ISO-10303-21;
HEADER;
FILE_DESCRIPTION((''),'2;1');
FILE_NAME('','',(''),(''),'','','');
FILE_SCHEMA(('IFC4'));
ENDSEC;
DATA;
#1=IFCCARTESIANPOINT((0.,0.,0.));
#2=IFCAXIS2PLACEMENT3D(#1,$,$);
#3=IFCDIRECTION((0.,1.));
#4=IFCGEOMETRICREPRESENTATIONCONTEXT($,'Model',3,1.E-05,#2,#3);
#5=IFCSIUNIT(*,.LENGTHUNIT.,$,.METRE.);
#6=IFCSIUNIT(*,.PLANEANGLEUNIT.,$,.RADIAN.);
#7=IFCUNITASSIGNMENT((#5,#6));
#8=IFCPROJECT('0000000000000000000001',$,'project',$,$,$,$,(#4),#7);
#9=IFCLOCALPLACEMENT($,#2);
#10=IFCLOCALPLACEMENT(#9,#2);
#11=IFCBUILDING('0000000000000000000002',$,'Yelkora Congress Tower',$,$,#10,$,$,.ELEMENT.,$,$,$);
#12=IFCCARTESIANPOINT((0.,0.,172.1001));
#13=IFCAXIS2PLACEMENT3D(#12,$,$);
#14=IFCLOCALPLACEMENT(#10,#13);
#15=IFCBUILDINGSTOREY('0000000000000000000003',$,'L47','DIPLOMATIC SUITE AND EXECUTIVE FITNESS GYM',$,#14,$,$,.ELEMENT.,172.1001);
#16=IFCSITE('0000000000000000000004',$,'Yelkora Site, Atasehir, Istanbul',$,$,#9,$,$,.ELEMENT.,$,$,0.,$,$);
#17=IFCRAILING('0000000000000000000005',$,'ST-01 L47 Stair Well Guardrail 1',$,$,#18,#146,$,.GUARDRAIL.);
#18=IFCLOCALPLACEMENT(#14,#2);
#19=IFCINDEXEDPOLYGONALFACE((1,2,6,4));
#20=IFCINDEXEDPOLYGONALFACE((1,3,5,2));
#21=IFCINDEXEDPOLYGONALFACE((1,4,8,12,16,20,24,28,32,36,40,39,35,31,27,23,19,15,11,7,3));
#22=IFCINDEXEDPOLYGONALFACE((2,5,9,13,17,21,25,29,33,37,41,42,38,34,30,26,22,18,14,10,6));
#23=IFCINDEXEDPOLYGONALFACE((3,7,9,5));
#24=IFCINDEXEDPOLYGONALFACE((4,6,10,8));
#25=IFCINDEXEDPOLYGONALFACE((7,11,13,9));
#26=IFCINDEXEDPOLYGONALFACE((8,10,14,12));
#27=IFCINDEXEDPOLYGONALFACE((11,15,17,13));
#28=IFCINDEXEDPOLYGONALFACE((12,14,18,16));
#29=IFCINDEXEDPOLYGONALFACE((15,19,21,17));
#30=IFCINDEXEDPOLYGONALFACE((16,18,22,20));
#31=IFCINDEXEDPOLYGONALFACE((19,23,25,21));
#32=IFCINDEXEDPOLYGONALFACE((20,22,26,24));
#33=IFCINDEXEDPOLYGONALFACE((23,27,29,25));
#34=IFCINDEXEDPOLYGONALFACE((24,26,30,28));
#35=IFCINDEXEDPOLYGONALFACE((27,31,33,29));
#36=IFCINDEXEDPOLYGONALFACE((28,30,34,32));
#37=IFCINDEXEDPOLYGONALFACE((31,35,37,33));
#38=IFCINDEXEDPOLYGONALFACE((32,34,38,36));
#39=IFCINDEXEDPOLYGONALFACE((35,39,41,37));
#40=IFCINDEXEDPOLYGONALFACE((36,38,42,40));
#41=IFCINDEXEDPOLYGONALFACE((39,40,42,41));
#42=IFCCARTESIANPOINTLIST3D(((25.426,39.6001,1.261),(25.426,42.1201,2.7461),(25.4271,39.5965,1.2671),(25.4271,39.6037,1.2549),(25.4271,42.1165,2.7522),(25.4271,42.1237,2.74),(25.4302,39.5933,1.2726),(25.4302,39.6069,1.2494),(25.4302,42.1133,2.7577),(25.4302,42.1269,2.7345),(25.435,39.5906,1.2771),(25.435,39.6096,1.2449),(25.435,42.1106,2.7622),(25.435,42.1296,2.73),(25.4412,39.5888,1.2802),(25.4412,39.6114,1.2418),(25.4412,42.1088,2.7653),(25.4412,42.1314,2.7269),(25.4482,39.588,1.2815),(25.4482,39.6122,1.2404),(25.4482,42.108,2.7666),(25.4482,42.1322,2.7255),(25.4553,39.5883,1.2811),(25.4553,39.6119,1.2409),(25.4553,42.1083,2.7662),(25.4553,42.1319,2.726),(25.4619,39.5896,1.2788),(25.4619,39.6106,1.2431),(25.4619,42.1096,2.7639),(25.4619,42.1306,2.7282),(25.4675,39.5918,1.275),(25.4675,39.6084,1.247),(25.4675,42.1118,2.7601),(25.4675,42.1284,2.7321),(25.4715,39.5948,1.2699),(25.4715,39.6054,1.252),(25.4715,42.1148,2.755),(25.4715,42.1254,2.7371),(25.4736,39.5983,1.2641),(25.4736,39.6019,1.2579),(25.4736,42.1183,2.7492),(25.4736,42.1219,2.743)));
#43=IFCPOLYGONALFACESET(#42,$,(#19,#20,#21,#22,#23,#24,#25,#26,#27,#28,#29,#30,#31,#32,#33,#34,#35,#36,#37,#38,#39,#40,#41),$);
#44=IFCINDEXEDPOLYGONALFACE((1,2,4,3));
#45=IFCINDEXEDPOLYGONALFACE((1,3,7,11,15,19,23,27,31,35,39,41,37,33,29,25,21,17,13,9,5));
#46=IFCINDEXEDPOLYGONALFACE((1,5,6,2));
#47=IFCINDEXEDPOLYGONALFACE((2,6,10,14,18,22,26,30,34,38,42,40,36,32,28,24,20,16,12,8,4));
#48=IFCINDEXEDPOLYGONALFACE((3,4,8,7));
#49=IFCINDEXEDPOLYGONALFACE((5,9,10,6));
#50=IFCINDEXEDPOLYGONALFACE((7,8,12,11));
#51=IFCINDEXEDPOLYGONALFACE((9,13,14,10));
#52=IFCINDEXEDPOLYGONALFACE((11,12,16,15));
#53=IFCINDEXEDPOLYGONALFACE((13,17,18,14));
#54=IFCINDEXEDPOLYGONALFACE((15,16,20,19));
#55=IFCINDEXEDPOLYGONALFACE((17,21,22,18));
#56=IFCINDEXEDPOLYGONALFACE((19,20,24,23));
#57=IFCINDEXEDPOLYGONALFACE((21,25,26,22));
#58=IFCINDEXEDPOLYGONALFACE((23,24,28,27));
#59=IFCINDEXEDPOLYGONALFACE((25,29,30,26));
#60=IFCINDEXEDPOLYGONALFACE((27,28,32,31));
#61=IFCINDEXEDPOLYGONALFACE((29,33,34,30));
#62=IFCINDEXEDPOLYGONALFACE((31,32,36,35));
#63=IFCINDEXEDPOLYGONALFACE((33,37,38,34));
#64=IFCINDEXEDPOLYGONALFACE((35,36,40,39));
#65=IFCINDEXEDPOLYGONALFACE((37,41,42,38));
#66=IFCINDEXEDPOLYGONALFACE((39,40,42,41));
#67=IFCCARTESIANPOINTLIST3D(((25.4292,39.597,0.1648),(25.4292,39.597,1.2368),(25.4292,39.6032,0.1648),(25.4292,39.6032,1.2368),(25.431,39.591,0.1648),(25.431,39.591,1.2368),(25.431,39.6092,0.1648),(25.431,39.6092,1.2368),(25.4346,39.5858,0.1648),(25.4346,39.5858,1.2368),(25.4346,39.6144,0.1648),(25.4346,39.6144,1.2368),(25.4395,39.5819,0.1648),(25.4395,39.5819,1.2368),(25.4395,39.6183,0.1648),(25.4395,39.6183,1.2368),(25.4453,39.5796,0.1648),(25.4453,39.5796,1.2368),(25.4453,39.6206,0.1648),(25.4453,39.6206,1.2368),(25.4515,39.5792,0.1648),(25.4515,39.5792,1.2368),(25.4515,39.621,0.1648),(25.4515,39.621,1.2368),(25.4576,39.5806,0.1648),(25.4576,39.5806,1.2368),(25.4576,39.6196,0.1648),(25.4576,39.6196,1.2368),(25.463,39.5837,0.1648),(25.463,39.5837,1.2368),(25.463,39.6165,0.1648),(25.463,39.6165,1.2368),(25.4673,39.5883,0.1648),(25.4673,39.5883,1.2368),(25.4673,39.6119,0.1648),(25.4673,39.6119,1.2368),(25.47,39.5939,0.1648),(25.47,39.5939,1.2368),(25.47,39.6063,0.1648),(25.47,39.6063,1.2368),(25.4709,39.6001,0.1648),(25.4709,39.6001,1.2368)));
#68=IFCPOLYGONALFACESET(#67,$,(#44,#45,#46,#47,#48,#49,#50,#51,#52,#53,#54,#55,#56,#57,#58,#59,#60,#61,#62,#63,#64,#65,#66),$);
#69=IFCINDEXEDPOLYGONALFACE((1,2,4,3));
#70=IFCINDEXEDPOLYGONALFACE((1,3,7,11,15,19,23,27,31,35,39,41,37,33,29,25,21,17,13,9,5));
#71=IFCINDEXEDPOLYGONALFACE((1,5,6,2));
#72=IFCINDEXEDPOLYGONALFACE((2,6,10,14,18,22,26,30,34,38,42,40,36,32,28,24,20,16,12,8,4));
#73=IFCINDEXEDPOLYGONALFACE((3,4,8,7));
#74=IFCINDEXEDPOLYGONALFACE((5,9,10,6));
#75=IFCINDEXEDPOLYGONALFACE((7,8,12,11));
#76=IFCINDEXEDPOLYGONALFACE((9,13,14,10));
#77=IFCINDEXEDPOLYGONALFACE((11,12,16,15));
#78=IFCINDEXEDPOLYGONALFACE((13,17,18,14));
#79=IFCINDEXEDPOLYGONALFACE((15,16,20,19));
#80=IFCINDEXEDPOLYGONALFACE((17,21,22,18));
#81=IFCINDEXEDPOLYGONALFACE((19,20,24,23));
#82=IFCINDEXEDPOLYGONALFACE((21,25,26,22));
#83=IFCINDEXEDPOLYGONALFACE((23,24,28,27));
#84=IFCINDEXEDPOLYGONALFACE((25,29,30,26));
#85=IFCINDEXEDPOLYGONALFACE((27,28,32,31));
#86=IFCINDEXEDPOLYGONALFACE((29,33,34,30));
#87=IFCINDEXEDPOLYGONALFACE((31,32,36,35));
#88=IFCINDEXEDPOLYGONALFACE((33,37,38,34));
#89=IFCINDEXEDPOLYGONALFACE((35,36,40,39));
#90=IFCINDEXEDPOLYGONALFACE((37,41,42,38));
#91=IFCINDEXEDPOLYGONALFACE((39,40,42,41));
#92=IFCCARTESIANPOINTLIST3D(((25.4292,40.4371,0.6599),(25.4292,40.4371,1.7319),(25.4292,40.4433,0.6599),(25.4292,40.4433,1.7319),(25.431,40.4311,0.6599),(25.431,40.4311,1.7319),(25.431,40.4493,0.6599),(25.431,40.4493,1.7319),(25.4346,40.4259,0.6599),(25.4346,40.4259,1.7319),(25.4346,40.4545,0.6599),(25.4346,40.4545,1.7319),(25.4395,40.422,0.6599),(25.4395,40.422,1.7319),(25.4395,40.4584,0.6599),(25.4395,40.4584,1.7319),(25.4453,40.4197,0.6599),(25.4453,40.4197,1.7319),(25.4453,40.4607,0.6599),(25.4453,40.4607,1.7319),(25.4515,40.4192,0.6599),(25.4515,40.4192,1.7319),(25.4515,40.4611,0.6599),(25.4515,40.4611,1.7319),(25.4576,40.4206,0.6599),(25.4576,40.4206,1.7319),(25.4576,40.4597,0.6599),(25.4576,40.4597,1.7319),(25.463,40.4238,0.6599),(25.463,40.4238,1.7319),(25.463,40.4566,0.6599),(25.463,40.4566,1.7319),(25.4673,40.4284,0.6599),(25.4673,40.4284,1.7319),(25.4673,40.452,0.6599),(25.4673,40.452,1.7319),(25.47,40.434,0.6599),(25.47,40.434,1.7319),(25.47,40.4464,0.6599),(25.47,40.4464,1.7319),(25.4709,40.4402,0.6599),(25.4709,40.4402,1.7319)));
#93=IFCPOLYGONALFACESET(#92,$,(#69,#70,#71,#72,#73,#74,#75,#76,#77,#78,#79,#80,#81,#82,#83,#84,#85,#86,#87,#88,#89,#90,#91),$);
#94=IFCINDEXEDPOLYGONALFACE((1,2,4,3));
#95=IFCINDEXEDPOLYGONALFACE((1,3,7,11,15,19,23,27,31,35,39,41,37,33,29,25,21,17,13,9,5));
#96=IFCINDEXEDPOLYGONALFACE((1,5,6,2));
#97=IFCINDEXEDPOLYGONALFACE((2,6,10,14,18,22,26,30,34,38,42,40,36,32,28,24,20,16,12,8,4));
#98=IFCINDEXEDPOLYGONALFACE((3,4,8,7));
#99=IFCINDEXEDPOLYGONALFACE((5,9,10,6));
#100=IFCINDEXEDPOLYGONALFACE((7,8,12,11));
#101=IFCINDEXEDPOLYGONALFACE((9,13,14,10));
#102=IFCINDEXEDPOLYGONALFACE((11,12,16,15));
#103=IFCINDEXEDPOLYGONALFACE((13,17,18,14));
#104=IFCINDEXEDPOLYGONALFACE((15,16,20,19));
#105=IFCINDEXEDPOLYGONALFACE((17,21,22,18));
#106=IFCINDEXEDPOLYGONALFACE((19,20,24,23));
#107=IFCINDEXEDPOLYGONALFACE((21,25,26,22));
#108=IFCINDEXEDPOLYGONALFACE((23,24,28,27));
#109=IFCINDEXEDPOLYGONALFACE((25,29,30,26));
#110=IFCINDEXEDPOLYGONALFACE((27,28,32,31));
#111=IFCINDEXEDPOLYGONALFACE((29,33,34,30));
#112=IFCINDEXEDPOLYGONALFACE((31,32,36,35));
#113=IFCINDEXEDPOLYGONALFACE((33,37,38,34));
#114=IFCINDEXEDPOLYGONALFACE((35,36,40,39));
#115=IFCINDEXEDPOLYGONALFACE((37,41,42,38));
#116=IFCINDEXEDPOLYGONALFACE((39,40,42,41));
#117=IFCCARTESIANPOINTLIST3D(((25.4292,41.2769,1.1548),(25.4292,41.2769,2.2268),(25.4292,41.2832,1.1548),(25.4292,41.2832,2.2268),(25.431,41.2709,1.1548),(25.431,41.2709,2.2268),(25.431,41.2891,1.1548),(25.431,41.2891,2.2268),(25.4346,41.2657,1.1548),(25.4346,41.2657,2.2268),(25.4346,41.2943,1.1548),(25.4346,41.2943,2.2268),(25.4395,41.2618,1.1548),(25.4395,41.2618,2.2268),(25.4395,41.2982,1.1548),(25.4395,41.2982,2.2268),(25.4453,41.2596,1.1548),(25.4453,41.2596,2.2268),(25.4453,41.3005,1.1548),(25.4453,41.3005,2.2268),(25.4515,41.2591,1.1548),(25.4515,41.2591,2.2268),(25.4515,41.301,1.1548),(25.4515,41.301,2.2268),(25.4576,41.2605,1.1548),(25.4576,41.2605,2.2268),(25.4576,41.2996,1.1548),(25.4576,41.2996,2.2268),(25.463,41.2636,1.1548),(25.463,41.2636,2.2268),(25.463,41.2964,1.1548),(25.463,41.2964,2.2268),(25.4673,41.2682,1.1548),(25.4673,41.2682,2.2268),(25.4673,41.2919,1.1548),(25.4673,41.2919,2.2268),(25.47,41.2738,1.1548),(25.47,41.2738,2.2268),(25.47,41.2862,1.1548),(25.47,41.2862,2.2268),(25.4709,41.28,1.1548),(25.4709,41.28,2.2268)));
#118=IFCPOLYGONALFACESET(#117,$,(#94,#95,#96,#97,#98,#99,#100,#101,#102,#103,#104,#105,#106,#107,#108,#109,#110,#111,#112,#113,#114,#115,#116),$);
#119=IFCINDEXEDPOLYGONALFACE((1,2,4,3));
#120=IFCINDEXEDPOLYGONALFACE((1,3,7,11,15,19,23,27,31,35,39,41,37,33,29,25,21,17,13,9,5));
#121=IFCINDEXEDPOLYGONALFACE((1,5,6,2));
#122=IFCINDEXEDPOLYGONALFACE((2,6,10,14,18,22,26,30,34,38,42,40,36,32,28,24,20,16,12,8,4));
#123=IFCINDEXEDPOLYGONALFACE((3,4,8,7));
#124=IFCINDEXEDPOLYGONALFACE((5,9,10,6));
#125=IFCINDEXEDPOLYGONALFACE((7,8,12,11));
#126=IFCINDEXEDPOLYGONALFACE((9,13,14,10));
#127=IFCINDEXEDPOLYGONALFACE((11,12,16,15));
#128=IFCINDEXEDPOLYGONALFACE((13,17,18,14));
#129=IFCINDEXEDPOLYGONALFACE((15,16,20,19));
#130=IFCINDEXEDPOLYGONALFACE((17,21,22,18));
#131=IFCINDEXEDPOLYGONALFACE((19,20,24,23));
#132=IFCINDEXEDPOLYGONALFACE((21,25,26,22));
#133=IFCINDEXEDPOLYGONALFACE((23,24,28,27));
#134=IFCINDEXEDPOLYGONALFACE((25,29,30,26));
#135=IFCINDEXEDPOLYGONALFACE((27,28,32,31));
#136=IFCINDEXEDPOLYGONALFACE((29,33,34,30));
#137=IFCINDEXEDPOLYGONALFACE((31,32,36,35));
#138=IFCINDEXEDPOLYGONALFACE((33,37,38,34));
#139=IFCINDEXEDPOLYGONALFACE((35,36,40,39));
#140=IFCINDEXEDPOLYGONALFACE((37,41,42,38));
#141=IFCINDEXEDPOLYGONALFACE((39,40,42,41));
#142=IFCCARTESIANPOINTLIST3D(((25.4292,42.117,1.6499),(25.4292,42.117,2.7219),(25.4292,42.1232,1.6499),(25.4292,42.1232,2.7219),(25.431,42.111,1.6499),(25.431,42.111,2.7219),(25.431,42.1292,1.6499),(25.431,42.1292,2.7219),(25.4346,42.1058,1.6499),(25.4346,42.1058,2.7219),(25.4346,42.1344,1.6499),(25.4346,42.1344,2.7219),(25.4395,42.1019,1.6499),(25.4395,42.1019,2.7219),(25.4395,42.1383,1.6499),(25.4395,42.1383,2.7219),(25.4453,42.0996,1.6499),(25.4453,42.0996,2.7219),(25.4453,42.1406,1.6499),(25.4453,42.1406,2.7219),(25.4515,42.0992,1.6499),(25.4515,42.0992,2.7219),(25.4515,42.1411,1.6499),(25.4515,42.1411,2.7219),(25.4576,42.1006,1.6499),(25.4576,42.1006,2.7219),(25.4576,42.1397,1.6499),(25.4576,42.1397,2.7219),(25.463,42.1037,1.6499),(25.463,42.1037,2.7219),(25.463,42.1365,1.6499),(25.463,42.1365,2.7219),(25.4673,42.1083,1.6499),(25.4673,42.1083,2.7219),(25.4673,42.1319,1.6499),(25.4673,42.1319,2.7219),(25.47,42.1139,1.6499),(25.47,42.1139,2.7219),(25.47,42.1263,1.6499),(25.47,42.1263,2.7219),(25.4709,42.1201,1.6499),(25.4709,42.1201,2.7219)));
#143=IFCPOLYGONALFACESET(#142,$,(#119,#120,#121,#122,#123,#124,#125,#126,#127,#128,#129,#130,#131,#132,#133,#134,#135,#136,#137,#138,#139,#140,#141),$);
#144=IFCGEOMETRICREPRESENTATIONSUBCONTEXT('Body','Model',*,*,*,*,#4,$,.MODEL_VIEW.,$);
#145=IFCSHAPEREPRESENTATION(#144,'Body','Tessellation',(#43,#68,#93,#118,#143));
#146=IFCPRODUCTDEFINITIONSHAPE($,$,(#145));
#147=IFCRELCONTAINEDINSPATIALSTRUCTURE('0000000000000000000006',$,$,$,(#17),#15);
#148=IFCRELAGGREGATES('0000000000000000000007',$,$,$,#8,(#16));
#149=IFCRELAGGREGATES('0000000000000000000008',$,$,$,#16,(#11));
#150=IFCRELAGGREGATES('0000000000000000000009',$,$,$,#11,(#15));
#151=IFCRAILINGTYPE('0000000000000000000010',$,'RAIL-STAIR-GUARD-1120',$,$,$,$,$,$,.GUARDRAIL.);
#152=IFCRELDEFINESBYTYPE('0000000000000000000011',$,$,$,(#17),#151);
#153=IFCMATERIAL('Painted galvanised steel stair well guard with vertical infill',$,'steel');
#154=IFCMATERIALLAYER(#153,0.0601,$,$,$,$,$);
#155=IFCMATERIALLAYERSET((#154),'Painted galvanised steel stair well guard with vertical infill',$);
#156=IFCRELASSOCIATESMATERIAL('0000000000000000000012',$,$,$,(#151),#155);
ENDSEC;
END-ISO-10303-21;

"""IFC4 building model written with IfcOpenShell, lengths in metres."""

from ifc_helpers import new_model, si_unit, direction, frame, origin, origin_2d, place, context, subcontext, project, spatial, circle, extrude, material, layer, layer_set, type_object, element, save


model = new_model("IFC4")

# Units and contexts
model_context = context("Model", 3, precision=1e-05, world=origin(), true_north=direction((0.0, 1.0)))
body_context = subcontext(model_context, "Body", "Model", "MODEL_VIEW")
ifc_project = project(units=[si_unit("LENGTHUNIT", "METRE"), si_unit("PLANEANGLEUNIT", "RADIAN")], contexts=[model_context])

# Site, building, storey
site_placement = place(None, origin())
site = spatial("IfcSite", under=ifc_project, at=site_placement, Name="Yelkora Site, Atasehir, Istanbul", CompositionType="ELEMENT", RefElevation=0.0)
building_placement = place(site_placement, origin())
building = spatial("IfcBuilding", under=site, at=building_placement, Name="Yelkora Congress Tower", CompositionType="ELEMENT")
storey_placement = place(building_placement, frame((0.0, 0.0, 172.1001)))
storey = spatial("IfcBuildingStorey", under=building, at=storey_placement, Name="L47", Description="DIPLOMATIC SUITE AND EXECUTIVE FITNESS GYM", CompositionType="ELEMENT", Elevation=172.1001)

# Railing
ifc_material_1 = material(Name="Painted galvanised steel stair well guard with vertical infill", Category="steel")
ifc_layer_1 = layer(ifc_material_1, 0.0601)
ifc_layer_set_1 = layer_set([ifc_layer_1], Name="Painted galvanised steel stair well guard with vertical infill")
railing_type_1 = type_object("IfcRailingType", Name="RAIL-STAIR-GUARD-1120", PredefinedType="GUARDRAIL", material=ifc_layer_set_1)
railing_1_placement = place(storey_placement, frame((25.45, 39.6001, 0.1648)))
element("IfcRailing", 1, at=railing_1_placement, inside=storey, type_object=railing_type_1, Name="ST-01 L47 Stair Well Guardrail 1", PredefinedType="GUARDRAIL", context=body_context, shape_type="SweptSolid", body=[
    extrude(circle(Radius=0.0239, at=origin_2d()), frame((0.0, 0.0, 1.0962), z_axis=(0.0, 0.861524, 0.507717), x_axis=(-1.0, 0.0, 0.0)), (0.0, 0.0, 1.0), 2.925),
    extrude(circle(Radius=0.021, at=origin_2d()), origin(), (0.0, 0.0, 1.0), 1.072),
    extrude(circle(Radius=0.021, at=origin_2d()), frame((0.0, 0.8401, 0.4951)), (0.0, 0.0, 1.0), 1.072),
    extrude(circle(Radius=0.021, at=origin_2d()), frame((0.0, 1.6799, 0.99)), (0.0, 0.0, 1.0), 1.072),
    extrude(circle(Radius=0.021, at=origin_2d()), frame((0.0, 2.52, 1.4851)), (0.0, 0.0, 1.0), 1.072),
])

save(model, "model.ifc")
